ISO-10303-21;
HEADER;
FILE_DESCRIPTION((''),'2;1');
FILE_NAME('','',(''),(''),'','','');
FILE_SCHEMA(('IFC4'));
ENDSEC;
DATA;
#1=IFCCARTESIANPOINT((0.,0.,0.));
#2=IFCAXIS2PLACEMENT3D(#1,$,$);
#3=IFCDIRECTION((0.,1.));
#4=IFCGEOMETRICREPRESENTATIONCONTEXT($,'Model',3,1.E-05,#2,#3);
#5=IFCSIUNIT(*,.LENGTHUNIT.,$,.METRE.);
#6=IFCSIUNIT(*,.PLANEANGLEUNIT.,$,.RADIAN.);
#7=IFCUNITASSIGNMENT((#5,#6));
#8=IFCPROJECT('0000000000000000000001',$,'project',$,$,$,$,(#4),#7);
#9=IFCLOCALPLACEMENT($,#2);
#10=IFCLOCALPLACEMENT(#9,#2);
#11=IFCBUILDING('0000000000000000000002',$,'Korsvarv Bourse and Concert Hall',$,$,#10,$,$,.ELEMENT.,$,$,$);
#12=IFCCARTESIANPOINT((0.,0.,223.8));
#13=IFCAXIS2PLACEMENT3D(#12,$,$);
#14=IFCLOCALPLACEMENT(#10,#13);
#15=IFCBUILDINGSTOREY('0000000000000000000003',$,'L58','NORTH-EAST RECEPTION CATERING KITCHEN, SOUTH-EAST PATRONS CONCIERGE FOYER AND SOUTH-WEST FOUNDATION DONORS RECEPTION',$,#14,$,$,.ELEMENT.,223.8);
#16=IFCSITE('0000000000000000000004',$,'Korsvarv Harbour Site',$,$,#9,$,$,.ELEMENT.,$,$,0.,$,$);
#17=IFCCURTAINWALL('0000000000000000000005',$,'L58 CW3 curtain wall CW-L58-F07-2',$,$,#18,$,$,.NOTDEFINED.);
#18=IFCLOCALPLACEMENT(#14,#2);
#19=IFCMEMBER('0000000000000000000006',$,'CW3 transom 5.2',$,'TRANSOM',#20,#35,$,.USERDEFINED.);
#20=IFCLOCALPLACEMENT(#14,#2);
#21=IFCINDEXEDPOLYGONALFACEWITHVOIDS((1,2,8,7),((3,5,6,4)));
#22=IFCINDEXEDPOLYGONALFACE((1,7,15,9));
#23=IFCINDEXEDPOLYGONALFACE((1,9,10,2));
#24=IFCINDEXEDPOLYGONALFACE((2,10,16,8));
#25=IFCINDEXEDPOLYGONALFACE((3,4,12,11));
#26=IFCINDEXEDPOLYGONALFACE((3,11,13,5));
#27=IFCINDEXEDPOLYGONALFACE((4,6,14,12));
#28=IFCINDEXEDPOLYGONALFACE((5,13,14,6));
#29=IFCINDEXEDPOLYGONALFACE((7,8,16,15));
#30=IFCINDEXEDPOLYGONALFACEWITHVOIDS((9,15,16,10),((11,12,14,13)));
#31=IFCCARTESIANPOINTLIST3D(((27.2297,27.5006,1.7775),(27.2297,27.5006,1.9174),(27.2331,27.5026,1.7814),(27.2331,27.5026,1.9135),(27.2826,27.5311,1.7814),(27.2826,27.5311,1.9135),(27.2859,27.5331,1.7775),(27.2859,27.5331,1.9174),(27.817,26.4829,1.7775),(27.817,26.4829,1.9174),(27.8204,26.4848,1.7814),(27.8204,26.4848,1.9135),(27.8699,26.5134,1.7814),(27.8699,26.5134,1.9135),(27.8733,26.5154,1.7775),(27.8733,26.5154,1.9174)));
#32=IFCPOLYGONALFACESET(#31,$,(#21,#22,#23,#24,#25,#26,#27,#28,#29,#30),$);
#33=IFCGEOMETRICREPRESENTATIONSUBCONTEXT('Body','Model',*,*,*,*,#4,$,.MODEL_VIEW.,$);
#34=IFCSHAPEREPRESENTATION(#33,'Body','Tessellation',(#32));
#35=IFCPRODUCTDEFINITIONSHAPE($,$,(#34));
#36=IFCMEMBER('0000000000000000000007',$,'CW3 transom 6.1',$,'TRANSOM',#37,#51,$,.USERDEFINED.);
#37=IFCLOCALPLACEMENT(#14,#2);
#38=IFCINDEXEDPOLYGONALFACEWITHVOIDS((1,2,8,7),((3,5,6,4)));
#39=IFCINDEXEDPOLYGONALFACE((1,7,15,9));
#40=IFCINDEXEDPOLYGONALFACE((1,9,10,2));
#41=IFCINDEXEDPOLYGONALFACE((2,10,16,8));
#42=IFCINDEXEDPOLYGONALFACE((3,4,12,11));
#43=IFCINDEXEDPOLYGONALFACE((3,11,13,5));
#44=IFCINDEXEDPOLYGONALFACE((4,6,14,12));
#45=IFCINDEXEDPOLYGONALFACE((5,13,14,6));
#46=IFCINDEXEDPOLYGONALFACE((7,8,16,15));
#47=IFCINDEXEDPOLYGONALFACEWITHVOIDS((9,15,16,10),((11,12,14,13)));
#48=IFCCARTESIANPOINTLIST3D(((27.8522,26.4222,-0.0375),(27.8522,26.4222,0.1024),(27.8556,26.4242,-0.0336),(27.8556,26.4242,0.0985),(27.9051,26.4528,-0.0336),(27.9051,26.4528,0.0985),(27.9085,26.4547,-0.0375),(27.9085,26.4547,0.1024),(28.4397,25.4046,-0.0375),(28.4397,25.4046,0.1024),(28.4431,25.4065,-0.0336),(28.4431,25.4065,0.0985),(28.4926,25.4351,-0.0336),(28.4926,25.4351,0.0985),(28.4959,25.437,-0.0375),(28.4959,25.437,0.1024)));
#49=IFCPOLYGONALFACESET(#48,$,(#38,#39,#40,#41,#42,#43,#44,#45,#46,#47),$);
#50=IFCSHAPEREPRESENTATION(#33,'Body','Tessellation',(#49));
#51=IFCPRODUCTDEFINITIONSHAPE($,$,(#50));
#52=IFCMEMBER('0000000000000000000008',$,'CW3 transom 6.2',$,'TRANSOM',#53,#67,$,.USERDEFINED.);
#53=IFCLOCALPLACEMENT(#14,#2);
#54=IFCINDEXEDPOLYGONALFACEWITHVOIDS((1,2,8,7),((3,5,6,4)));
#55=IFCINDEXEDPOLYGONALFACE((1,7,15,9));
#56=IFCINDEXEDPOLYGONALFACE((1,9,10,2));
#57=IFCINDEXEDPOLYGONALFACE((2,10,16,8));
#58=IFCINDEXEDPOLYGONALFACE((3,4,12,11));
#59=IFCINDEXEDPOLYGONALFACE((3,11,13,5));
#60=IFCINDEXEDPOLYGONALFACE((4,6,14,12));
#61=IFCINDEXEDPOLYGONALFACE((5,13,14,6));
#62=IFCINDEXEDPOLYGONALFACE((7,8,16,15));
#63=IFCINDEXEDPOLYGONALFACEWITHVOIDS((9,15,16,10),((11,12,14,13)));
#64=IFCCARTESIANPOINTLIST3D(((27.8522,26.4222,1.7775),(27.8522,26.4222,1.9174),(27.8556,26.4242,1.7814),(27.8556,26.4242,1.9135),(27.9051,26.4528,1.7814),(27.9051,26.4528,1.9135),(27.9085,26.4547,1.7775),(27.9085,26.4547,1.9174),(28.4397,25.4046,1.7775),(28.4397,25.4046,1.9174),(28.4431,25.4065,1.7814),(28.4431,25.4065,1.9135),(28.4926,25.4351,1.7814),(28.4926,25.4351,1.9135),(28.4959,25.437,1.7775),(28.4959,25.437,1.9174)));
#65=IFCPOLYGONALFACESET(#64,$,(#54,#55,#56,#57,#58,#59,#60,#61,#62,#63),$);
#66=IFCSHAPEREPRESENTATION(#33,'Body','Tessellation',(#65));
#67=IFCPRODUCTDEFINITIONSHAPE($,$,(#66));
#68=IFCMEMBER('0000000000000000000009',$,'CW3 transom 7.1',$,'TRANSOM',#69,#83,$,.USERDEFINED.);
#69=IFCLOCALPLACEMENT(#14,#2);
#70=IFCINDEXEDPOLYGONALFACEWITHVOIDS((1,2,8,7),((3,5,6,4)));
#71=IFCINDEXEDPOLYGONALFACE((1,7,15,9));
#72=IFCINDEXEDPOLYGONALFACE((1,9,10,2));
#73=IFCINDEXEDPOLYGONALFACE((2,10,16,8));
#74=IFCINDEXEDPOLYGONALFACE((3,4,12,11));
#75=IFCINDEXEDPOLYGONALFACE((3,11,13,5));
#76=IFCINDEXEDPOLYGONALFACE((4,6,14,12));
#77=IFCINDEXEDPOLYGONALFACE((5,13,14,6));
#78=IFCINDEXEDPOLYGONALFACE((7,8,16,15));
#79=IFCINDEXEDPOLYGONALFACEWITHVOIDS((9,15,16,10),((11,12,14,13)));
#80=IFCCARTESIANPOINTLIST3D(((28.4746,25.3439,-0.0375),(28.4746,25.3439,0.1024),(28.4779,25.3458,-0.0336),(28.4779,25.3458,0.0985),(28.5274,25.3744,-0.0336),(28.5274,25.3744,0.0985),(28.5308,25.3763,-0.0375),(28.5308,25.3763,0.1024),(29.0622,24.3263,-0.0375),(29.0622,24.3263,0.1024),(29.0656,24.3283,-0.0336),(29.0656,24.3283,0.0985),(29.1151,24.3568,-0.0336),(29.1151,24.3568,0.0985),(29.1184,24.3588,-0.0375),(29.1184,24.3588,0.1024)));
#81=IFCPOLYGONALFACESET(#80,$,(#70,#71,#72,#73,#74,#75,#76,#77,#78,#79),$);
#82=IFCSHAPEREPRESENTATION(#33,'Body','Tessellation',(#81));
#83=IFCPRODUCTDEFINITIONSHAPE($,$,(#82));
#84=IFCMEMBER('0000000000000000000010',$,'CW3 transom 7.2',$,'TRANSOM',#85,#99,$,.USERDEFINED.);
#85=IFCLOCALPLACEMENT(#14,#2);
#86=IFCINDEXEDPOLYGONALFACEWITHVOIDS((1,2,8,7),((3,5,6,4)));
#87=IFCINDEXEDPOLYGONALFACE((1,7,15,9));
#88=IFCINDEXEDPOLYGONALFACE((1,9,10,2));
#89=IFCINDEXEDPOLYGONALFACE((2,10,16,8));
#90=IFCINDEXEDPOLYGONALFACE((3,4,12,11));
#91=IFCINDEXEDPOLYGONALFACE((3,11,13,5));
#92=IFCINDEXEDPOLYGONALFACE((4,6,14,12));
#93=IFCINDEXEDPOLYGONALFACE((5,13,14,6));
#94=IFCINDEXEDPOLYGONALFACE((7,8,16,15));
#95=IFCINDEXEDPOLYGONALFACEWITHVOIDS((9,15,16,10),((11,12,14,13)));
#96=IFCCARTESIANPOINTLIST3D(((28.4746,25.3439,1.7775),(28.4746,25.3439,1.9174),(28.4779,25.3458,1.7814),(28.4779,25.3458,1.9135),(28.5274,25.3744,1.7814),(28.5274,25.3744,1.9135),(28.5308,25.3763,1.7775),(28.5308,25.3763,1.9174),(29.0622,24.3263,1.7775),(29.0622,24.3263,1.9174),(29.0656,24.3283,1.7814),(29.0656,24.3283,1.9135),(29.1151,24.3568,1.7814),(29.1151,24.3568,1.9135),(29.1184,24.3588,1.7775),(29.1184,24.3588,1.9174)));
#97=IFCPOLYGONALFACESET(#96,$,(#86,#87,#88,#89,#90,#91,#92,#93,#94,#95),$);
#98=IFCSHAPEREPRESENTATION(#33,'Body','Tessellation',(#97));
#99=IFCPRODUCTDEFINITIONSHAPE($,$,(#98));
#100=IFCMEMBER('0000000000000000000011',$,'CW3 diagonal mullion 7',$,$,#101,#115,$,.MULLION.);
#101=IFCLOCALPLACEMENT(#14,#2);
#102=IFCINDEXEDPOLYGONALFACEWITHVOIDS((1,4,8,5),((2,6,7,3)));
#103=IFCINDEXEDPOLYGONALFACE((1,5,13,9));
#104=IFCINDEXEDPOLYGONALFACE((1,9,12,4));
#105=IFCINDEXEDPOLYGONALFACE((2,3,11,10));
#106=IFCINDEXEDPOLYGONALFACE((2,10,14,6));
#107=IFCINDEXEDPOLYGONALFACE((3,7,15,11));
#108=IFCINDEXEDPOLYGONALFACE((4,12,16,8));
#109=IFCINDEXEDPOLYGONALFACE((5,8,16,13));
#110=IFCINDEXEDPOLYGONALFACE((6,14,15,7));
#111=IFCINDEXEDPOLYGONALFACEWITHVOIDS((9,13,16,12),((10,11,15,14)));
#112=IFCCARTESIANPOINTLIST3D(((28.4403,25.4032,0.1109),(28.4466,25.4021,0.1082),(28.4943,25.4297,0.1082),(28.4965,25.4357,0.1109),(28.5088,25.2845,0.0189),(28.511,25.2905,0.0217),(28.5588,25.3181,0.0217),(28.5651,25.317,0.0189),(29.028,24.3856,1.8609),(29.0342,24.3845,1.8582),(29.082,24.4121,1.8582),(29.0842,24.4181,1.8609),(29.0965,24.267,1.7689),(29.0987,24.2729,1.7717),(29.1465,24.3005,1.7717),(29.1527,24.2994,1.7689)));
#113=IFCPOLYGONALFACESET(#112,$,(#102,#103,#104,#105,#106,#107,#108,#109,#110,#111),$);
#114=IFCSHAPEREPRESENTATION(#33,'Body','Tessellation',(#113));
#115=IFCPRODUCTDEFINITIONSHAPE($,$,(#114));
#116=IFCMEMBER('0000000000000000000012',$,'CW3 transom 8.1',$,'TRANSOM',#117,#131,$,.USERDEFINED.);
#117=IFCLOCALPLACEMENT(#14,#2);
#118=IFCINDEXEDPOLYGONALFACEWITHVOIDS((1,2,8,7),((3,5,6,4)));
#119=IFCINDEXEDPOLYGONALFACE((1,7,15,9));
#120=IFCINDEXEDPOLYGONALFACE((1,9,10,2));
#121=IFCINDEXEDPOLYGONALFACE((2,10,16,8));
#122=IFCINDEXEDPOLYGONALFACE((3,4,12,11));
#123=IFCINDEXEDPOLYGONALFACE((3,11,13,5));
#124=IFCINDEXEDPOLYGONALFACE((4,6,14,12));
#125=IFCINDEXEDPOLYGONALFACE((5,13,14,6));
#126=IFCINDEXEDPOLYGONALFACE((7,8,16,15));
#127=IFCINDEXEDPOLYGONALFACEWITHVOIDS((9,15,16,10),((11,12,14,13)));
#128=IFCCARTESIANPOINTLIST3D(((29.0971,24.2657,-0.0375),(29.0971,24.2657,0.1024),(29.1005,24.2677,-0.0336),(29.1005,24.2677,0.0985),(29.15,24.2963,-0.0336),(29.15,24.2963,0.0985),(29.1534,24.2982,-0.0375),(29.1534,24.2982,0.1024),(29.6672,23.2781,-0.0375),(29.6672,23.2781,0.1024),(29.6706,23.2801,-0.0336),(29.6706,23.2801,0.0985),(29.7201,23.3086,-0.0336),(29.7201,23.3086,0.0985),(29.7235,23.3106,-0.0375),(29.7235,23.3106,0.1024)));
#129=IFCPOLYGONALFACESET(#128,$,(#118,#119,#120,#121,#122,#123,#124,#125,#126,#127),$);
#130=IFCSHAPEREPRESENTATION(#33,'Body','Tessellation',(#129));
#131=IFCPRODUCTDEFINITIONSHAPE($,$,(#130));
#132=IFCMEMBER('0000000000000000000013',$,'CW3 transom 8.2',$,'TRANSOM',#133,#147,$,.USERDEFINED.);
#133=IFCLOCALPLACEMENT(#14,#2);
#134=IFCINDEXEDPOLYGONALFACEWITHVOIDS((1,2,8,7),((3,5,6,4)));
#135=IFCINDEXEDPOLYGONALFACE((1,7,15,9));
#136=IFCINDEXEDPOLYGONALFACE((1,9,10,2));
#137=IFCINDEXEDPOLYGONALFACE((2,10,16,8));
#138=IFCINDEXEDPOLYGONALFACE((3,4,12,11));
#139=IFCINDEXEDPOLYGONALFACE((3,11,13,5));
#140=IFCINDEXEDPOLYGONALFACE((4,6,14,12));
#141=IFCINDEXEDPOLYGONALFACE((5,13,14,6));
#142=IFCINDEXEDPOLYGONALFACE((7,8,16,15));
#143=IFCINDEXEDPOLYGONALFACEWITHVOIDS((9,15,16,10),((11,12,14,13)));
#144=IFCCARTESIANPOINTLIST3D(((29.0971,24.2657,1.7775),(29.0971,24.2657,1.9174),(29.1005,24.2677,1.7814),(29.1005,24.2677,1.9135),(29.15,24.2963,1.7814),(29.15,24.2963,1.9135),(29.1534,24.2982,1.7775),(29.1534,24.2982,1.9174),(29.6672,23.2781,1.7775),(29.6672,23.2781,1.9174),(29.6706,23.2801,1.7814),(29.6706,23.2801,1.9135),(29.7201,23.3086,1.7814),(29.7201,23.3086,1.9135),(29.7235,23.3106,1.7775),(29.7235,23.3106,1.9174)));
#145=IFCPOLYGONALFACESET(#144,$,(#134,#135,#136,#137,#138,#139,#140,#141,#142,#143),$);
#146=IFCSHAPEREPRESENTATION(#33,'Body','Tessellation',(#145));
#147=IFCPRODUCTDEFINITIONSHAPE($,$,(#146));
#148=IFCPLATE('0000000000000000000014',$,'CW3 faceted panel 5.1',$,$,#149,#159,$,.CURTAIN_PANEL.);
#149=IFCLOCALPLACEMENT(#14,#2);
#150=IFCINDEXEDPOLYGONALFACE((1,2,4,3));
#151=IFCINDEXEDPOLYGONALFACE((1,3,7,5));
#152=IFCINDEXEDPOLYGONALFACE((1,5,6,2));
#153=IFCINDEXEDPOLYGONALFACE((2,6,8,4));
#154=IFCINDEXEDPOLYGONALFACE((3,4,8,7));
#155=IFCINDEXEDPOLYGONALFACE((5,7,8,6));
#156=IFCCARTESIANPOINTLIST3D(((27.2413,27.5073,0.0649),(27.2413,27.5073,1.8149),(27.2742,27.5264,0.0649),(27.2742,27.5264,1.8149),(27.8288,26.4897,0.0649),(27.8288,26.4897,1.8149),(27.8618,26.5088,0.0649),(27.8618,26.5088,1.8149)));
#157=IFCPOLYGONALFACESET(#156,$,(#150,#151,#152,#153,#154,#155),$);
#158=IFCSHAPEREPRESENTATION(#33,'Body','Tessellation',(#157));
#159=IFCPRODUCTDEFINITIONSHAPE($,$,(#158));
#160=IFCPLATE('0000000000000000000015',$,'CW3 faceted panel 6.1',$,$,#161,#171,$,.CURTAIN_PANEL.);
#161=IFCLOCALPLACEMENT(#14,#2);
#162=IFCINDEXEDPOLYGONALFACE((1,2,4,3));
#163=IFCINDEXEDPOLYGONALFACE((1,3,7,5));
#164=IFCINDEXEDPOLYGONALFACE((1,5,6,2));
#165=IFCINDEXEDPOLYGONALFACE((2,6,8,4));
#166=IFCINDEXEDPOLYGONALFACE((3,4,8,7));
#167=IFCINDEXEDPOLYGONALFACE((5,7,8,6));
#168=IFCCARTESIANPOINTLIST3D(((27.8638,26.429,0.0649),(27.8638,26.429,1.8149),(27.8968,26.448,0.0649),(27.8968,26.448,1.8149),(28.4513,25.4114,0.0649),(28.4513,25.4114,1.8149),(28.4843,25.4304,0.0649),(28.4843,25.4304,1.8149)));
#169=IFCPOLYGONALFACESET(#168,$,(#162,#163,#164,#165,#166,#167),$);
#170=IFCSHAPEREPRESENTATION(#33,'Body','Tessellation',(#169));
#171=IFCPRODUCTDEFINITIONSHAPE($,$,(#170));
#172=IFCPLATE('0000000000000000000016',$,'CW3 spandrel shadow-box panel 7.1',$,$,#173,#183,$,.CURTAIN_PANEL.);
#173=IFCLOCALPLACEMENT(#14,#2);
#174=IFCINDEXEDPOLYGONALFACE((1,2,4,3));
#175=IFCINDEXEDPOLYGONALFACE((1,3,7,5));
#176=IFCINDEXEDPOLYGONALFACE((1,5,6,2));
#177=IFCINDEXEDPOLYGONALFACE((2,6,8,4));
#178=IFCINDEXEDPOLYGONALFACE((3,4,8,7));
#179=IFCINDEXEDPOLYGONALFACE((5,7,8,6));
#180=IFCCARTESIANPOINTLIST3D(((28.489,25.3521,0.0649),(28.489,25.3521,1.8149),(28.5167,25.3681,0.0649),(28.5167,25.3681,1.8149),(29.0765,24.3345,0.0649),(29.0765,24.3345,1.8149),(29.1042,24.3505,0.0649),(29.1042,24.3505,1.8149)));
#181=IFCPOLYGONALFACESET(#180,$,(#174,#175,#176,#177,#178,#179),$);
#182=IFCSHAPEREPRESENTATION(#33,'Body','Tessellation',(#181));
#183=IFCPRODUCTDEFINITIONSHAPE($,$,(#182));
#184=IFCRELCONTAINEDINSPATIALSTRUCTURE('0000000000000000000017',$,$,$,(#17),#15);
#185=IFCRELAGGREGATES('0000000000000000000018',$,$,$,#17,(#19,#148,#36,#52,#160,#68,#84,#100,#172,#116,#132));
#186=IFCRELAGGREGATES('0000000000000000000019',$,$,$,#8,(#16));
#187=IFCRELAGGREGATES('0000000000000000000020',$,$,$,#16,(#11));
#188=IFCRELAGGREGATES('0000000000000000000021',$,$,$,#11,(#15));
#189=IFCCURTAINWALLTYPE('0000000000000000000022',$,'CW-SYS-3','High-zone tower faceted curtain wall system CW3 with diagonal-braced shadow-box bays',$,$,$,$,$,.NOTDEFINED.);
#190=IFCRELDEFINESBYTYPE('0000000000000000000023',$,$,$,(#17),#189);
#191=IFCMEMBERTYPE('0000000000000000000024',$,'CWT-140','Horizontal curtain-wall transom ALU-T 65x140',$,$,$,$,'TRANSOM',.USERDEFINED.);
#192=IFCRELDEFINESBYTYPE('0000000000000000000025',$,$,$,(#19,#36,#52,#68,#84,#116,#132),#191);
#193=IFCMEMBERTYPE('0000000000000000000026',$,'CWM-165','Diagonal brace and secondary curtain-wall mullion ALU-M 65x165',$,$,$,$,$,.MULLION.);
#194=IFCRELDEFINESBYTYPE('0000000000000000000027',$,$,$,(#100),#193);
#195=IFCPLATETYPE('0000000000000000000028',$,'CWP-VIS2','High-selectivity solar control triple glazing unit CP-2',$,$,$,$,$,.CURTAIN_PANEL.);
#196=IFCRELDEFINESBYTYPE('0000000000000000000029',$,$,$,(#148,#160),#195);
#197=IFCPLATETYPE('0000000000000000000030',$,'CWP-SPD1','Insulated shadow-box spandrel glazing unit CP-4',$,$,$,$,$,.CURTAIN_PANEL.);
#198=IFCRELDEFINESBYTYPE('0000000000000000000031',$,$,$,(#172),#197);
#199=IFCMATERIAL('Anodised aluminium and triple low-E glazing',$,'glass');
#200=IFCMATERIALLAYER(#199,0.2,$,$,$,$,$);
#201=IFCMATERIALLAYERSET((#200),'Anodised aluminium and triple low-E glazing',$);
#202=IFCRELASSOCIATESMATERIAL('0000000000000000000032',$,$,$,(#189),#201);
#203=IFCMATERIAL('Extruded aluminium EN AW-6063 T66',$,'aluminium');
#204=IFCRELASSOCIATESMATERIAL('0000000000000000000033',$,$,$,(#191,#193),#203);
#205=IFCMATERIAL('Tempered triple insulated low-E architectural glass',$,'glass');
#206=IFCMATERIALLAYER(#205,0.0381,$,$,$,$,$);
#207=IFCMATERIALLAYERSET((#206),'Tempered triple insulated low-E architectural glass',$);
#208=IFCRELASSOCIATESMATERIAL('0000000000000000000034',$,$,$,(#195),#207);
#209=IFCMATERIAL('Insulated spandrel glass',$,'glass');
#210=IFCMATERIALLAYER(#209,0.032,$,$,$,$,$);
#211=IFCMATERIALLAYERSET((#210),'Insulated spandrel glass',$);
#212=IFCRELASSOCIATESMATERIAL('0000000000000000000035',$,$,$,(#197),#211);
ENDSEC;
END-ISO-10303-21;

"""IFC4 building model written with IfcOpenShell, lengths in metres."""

from ifc_helpers import new_model, si_unit, direction, frame, origin, origin_2d, place, context, subcontext, project, spatial, rectangle, hollow_rectangle, extrude, source, transform, mapped, material, layer, layer_set, material_profile, profile_set, type_object, element, aggregate, save


model = new_model("IFC4")

# Units and contexts
model_context = context("Model", 3, precision=1e-05, world=origin(), true_north=direction((0.0, 1.0)))
body_context = subcontext(model_context, "Body", "Model", "MODEL_VIEW")
ifc_project = project(units=[si_unit("LENGTHUNIT", "METRE"), si_unit("PLANEANGLEUNIT", "RADIAN")], contexts=[model_context])

# Site, building, storey
site_placement = place(None, origin())
site = spatial("IfcSite", under=ifc_project, at=site_placement, Name="Korsvarv Harbour Site", CompositionType="ELEMENT", RefElevation=0.0)
building_placement = place(site_placement, origin())
building = spatial("IfcBuilding", under=site, at=building_placement, Name="Korsvarv Bourse and Concert Hall", CompositionType="ELEMENT")
storey_placement = place(building_placement, frame((0.0, 0.0, 223.8)))
storey = spatial("IfcBuildingStorey", under=building, at=storey_placement, Name="L58", Description="NORTH-EAST RECEPTION CATERING KITCHEN, SOUTH-EAST PATRONS CONCIERGE FOYER AND SOUTH-WEST FOUNDATION DONORS RECEPTION", CompositionType="ELEMENT", Elevation=223.8)

# Curtain wall, members, plates
ifc_material_1 = material(Name="Anodised aluminium and triple low-E glazing", Category="glass")
ifc_layer_1 = layer(ifc_material_1, 0.2)
ifc_layer_set_1 = layer_set([ifc_layer_1], Name="Anodised aluminium and triple low-E glazing")
curtain_wall_type = type_object("IfcCurtainWallType", Name="CW-SYS-3", Description="High-zone tower faceted curtain wall system CW3 with diagonal-braced shadow-box bays", PredefinedType="NOTDEFINED", material=ifc_layer_set_1)
curtain_wall_placement = place(storey_placement, origin())
curtain_wall = element("IfcCurtainWall", 1, at=curtain_wall_placement, inside=storey, type_object=curtain_wall_type, Name="L58 CW3 curtain wall CW-L58-F07-2", PredefinedType="NOTDEFINED")
ifc_material_2 = material(Name="Extruded aluminium EN AW-6063 T66", Category="aluminium")
ifc_material_profile_1 = material_profile(ifc_material_2, hollow_rectangle(XDim=0.0649, YDim=0.1399, WallThickness=0.0039, at=origin_2d()), Name="ALU-T 65x140")
ifc_profile_set_1 = profile_set([ifc_material_profile_1], Name="Extruded aluminium EN AW-6063 T66")
member_type_1 = type_object("IfcMemberType", Name="CWT-140", Description="Horizontal curtain-wall transom ALU-T 65x140", ElementType="TRANSOM", PredefinedType="USERDEFINED", material=ifc_profile_set_1)
shared_shape_1 = source(origin(), body_context, "Body", "SweptSolid", [
    extrude(hollow_rectangle(XDim=0.0649, YDim=0.1399, WallThickness=0.0039, at=origin_2d()), origin(), (0.0, 0.0, 1.0), 1.175),
])
member_1_placement = place(storey_placement, frame((27.2578, 27.5168, 1.8474), z_axis=(0.499848, -0.866113, 0.0), x_axis=(0.866113, 0.499848, 0.0)))
member_1 = element("IfcMember", 2, at=member_1_placement, type_object=member_type_1, Name="CW3 transom 5.2", ObjectType="TRANSOM", PredefinedType="USERDEFINED", context=body_context, shape_type="MappedRepresentation", body=[
    mapped(shared_shape_1, transform((0.0, 0.0, 0.0), scale=1.0)),
])
member_2_placement = place(storey_placement, frame((27.8804, 26.4385, 0.0325), z_axis=(0.499938, -0.866061, 0.0), x_axis=(0.866061, 0.499938, 0.0)))
member_2 = element("IfcMember", 3, at=member_2_placement, type_object=member_type_1, Name="CW3 transom 6.1", ObjectType="TRANSOM", PredefinedType="USERDEFINED", context=body_context, shape_type="MappedRepresentation", body=[
    mapped(shared_shape_1, transform((0.0, 0.0, 0.0), scale=1.0)),
])
member_3_placement = place(storey_placement, frame((27.8804, 26.4385, 1.8474), z_axis=(0.499938, -0.866061, 0.0), x_axis=(0.866061, 0.499938, 0.0)))
member_3 = element("IfcMember", 4, at=member_3_placement, type_object=member_type_1, Name="CW3 transom 6.2", ObjectType="TRANSOM", PredefinedType="USERDEFINED", context=body_context, shape_type="MappedRepresentation", body=[
    mapped(shared_shape_1, transform((0.0, 0.0, 0.0), scale=1.0)),
])
member_4_placement = place(storey_placement, frame((28.5027, 25.3601, 0.0325), z_axis=(0.500094, -0.865971, 0.0), x_axis=(0.865971, 0.500094, 0.0)))
member_4 = element("IfcMember", 5, at=member_4_placement, type_object=member_type_1, Name="CW3 transom 7.1", ObjectType="TRANSOM", PredefinedType="USERDEFINED", context=body_context, shape_type="MappedRepresentation", body=[
    mapped(shared_shape_1, transform((0.0, 0.0, 0.0), scale=1.0)),
])
member_5_placement = place(storey_placement, frame((28.5027, 25.3601, 1.8474), z_axis=(0.500094, -0.865971, 0.0), x_axis=(0.865971, 0.500094, 0.0)))
member_5 = element("IfcMember", 6, at=member_5_placement, type_object=member_type_1, Name="CW3 transom 7.2", ObjectType="TRANSOM", PredefinedType="USERDEFINED", context=body_context, shape_type="MappedRepresentation", body=[
    mapped(shared_shape_1, transform((0.0, 0.0, 0.0), scale=1.0)),
])
ifc_material_profile_2 = material_profile(ifc_material_2, hollow_rectangle(XDim=0.0649, YDim=0.165, WallThickness=0.0049, at=origin_2d()), Name="ALU-M 65x165")
ifc_profile_set_2 = profile_set([ifc_material_profile_2], Name="Extruded aluminium EN AW-6063 T66")
member_type_2 = type_object("IfcMemberType", Name="CWM-165", Description="Diagonal brace and secondary curtain-wall mullion ALU-M 65x165", PredefinedType="MULLION", material=ifc_profile_set_2)
shared_shape_2 = source(origin(), body_context, "Body", "SweptSolid", [
    extrude(hollow_rectangle(XDim=0.0649, YDim=0.165, WallThickness=0.0049, at=origin_2d()), origin(), (0.0, 0.0, 1.0), 2.1079),
])
member_6_placement = place(storey_placement, frame((28.5027, 25.3601, 0.0649), z_axis=(0.278781, -0.482742, 0.830205), x_axis=(0.865971, 0.500094, 0.0)))
member_6 = element("IfcMember", 7, at=member_6_placement, type_object=member_type_2, Name="CW3 diagonal mullion 7", PredefinedType="MULLION", context=body_context, shape_type="MappedRepresentation", body=[
    mapped(shared_shape_2, transform((0.0, 0.0, 0.0), scale=1.0)),
])
shared_shape_3 = source(origin(), body_context, "Body", "SweptSolid", [
    extrude(hollow_rectangle(XDim=0.0649, YDim=0.1399, WallThickness=0.0039, at=origin_2d()), origin(), (0.0, 0.0, 1.0), 1.1404),
])
member_7_placement = place(storey_placement, frame((29.1252, 24.282, 0.0325), z_axis=(0.499939, -0.866061, 0.0), x_axis=(0.866061, 0.499939, 0.0)))
member_7 = element("IfcMember", 8, at=member_7_placement, type_object=member_type_1, Name="CW3 transom 8.1", ObjectType="TRANSOM", PredefinedType="USERDEFINED", context=body_context, shape_type="MappedRepresentation", body=[
    mapped(shared_shape_3, transform((0.0, 0.0, 0.0), scale=1.0)),
])
member_8_placement = place(storey_placement, frame((29.1252, 24.282, 1.8474), z_axis=(0.499939, -0.866061, 0.0), x_axis=(0.866061, 0.499939, 0.0)))
member_8 = element("IfcMember", 9, at=member_8_placement, type_object=member_type_1, Name="CW3 transom 8.2", ObjectType="TRANSOM", PredefinedType="USERDEFINED", context=body_context, shape_type="MappedRepresentation", body=[
    mapped(shared_shape_3, transform((0.0, 0.0, 0.0), scale=1.0)),
])
ifc_material_3 = material(Name="Tempered triple insulated low-E architectural glass", Category="glass")
ifc_layer_2 = layer(ifc_material_3, 0.0381)
ifc_layer_set_2 = layer_set([ifc_layer_2], Name="Tempered triple insulated low-E architectural glass")
plate_type_1 = type_object("IfcPlateType", Name="CWP-VIS2", Description="High-selectivity solar control triple glazing unit CP-2", PredefinedType="CURTAIN_PANEL", material=ifc_layer_set_2)
shared_shape_4 = source(origin(), body_context, "Body", "SweptSolid", [
    extrude(rectangle(XDim=1.175, YDim=0.0381, at=origin_2d()), origin(), (0.0, 0.0, 1.0), 1.75),
])
plate_1_placement = place(storey_placement, frame((27.5515, 27.0081, 0.0649), z_axis=(0.0, 0.0, 1.0), x_axis=(0.499996, -0.866028, 0.0)))
plate_1 = element("IfcPlate", 10, at=plate_1_placement, type_object=plate_type_1, Name="CW3 faceted panel 5.1", PredefinedType="CURTAIN_PANEL", context=body_context, shape_type="MappedRepresentation", body=[
    mapped(shared_shape_4, transform((0.0, 0.0, 0.0), scale=1.0)),
])
plate_2_placement = place(storey_placement, frame((28.1741, 25.9297, 0.0649), z_axis=(0.0, 0.0, 1.0), x_axis=(0.499996, -0.866028, 0.0)))
plate_2 = element("IfcPlate", 11, at=plate_2_placement, type_object=plate_type_1, Name="CW3 faceted panel 6.1", PredefinedType="CURTAIN_PANEL", context=body_context, shape_type="MappedRepresentation", body=[
    mapped(shared_shape_4, transform((0.0, 0.0, 0.0), scale=1.0)),
])
ifc_material_4 = material(Name="Insulated spandrel glass", Category="glass")
ifc_layer_3 = layer(ifc_material_4, 0.032)
ifc_layer_set_3 = layer_set([ifc_layer_3], Name="Insulated spandrel glass")
plate_type_2 = type_object("IfcPlateType", Name="CWP-SPD1", Description="Insulated shadow-box spandrel glazing unit CP-4", PredefinedType="CURTAIN_PANEL", material=ifc_layer_set_3)
shared_shape_5 = source(origin(), body_context, "Body", "SweptSolid", [
    extrude(rectangle(XDim=1.175, YDim=0.032, at=origin_2d()), origin(), (0.0, 0.0, 1.0), 1.75),
])
plate_3_placement = place(storey_placement, frame((28.7966, 24.8513, 0.0649), z_axis=(0.0, 0.0, 1.0), x_axis=(0.499996, -0.866028, 0.0)))
plate_3 = element("IfcPlate", 12, at=plate_3_placement, type_object=plate_type_2, Name="CW3 spandrel shadow-box panel 7.1", PredefinedType="CURTAIN_PANEL", context=body_context, shape_type="MappedRepresentation", body=[
    mapped(shared_shape_5, transform((0.0, 0.0, 0.0), scale=1.0)),
])
aggregate(curtain_wall, [member_1, plate_1, member_2, member_3, plate_2, member_4, member_5, member_6, plate_3, member_7, member_8])

save(model, "model.ifc")
